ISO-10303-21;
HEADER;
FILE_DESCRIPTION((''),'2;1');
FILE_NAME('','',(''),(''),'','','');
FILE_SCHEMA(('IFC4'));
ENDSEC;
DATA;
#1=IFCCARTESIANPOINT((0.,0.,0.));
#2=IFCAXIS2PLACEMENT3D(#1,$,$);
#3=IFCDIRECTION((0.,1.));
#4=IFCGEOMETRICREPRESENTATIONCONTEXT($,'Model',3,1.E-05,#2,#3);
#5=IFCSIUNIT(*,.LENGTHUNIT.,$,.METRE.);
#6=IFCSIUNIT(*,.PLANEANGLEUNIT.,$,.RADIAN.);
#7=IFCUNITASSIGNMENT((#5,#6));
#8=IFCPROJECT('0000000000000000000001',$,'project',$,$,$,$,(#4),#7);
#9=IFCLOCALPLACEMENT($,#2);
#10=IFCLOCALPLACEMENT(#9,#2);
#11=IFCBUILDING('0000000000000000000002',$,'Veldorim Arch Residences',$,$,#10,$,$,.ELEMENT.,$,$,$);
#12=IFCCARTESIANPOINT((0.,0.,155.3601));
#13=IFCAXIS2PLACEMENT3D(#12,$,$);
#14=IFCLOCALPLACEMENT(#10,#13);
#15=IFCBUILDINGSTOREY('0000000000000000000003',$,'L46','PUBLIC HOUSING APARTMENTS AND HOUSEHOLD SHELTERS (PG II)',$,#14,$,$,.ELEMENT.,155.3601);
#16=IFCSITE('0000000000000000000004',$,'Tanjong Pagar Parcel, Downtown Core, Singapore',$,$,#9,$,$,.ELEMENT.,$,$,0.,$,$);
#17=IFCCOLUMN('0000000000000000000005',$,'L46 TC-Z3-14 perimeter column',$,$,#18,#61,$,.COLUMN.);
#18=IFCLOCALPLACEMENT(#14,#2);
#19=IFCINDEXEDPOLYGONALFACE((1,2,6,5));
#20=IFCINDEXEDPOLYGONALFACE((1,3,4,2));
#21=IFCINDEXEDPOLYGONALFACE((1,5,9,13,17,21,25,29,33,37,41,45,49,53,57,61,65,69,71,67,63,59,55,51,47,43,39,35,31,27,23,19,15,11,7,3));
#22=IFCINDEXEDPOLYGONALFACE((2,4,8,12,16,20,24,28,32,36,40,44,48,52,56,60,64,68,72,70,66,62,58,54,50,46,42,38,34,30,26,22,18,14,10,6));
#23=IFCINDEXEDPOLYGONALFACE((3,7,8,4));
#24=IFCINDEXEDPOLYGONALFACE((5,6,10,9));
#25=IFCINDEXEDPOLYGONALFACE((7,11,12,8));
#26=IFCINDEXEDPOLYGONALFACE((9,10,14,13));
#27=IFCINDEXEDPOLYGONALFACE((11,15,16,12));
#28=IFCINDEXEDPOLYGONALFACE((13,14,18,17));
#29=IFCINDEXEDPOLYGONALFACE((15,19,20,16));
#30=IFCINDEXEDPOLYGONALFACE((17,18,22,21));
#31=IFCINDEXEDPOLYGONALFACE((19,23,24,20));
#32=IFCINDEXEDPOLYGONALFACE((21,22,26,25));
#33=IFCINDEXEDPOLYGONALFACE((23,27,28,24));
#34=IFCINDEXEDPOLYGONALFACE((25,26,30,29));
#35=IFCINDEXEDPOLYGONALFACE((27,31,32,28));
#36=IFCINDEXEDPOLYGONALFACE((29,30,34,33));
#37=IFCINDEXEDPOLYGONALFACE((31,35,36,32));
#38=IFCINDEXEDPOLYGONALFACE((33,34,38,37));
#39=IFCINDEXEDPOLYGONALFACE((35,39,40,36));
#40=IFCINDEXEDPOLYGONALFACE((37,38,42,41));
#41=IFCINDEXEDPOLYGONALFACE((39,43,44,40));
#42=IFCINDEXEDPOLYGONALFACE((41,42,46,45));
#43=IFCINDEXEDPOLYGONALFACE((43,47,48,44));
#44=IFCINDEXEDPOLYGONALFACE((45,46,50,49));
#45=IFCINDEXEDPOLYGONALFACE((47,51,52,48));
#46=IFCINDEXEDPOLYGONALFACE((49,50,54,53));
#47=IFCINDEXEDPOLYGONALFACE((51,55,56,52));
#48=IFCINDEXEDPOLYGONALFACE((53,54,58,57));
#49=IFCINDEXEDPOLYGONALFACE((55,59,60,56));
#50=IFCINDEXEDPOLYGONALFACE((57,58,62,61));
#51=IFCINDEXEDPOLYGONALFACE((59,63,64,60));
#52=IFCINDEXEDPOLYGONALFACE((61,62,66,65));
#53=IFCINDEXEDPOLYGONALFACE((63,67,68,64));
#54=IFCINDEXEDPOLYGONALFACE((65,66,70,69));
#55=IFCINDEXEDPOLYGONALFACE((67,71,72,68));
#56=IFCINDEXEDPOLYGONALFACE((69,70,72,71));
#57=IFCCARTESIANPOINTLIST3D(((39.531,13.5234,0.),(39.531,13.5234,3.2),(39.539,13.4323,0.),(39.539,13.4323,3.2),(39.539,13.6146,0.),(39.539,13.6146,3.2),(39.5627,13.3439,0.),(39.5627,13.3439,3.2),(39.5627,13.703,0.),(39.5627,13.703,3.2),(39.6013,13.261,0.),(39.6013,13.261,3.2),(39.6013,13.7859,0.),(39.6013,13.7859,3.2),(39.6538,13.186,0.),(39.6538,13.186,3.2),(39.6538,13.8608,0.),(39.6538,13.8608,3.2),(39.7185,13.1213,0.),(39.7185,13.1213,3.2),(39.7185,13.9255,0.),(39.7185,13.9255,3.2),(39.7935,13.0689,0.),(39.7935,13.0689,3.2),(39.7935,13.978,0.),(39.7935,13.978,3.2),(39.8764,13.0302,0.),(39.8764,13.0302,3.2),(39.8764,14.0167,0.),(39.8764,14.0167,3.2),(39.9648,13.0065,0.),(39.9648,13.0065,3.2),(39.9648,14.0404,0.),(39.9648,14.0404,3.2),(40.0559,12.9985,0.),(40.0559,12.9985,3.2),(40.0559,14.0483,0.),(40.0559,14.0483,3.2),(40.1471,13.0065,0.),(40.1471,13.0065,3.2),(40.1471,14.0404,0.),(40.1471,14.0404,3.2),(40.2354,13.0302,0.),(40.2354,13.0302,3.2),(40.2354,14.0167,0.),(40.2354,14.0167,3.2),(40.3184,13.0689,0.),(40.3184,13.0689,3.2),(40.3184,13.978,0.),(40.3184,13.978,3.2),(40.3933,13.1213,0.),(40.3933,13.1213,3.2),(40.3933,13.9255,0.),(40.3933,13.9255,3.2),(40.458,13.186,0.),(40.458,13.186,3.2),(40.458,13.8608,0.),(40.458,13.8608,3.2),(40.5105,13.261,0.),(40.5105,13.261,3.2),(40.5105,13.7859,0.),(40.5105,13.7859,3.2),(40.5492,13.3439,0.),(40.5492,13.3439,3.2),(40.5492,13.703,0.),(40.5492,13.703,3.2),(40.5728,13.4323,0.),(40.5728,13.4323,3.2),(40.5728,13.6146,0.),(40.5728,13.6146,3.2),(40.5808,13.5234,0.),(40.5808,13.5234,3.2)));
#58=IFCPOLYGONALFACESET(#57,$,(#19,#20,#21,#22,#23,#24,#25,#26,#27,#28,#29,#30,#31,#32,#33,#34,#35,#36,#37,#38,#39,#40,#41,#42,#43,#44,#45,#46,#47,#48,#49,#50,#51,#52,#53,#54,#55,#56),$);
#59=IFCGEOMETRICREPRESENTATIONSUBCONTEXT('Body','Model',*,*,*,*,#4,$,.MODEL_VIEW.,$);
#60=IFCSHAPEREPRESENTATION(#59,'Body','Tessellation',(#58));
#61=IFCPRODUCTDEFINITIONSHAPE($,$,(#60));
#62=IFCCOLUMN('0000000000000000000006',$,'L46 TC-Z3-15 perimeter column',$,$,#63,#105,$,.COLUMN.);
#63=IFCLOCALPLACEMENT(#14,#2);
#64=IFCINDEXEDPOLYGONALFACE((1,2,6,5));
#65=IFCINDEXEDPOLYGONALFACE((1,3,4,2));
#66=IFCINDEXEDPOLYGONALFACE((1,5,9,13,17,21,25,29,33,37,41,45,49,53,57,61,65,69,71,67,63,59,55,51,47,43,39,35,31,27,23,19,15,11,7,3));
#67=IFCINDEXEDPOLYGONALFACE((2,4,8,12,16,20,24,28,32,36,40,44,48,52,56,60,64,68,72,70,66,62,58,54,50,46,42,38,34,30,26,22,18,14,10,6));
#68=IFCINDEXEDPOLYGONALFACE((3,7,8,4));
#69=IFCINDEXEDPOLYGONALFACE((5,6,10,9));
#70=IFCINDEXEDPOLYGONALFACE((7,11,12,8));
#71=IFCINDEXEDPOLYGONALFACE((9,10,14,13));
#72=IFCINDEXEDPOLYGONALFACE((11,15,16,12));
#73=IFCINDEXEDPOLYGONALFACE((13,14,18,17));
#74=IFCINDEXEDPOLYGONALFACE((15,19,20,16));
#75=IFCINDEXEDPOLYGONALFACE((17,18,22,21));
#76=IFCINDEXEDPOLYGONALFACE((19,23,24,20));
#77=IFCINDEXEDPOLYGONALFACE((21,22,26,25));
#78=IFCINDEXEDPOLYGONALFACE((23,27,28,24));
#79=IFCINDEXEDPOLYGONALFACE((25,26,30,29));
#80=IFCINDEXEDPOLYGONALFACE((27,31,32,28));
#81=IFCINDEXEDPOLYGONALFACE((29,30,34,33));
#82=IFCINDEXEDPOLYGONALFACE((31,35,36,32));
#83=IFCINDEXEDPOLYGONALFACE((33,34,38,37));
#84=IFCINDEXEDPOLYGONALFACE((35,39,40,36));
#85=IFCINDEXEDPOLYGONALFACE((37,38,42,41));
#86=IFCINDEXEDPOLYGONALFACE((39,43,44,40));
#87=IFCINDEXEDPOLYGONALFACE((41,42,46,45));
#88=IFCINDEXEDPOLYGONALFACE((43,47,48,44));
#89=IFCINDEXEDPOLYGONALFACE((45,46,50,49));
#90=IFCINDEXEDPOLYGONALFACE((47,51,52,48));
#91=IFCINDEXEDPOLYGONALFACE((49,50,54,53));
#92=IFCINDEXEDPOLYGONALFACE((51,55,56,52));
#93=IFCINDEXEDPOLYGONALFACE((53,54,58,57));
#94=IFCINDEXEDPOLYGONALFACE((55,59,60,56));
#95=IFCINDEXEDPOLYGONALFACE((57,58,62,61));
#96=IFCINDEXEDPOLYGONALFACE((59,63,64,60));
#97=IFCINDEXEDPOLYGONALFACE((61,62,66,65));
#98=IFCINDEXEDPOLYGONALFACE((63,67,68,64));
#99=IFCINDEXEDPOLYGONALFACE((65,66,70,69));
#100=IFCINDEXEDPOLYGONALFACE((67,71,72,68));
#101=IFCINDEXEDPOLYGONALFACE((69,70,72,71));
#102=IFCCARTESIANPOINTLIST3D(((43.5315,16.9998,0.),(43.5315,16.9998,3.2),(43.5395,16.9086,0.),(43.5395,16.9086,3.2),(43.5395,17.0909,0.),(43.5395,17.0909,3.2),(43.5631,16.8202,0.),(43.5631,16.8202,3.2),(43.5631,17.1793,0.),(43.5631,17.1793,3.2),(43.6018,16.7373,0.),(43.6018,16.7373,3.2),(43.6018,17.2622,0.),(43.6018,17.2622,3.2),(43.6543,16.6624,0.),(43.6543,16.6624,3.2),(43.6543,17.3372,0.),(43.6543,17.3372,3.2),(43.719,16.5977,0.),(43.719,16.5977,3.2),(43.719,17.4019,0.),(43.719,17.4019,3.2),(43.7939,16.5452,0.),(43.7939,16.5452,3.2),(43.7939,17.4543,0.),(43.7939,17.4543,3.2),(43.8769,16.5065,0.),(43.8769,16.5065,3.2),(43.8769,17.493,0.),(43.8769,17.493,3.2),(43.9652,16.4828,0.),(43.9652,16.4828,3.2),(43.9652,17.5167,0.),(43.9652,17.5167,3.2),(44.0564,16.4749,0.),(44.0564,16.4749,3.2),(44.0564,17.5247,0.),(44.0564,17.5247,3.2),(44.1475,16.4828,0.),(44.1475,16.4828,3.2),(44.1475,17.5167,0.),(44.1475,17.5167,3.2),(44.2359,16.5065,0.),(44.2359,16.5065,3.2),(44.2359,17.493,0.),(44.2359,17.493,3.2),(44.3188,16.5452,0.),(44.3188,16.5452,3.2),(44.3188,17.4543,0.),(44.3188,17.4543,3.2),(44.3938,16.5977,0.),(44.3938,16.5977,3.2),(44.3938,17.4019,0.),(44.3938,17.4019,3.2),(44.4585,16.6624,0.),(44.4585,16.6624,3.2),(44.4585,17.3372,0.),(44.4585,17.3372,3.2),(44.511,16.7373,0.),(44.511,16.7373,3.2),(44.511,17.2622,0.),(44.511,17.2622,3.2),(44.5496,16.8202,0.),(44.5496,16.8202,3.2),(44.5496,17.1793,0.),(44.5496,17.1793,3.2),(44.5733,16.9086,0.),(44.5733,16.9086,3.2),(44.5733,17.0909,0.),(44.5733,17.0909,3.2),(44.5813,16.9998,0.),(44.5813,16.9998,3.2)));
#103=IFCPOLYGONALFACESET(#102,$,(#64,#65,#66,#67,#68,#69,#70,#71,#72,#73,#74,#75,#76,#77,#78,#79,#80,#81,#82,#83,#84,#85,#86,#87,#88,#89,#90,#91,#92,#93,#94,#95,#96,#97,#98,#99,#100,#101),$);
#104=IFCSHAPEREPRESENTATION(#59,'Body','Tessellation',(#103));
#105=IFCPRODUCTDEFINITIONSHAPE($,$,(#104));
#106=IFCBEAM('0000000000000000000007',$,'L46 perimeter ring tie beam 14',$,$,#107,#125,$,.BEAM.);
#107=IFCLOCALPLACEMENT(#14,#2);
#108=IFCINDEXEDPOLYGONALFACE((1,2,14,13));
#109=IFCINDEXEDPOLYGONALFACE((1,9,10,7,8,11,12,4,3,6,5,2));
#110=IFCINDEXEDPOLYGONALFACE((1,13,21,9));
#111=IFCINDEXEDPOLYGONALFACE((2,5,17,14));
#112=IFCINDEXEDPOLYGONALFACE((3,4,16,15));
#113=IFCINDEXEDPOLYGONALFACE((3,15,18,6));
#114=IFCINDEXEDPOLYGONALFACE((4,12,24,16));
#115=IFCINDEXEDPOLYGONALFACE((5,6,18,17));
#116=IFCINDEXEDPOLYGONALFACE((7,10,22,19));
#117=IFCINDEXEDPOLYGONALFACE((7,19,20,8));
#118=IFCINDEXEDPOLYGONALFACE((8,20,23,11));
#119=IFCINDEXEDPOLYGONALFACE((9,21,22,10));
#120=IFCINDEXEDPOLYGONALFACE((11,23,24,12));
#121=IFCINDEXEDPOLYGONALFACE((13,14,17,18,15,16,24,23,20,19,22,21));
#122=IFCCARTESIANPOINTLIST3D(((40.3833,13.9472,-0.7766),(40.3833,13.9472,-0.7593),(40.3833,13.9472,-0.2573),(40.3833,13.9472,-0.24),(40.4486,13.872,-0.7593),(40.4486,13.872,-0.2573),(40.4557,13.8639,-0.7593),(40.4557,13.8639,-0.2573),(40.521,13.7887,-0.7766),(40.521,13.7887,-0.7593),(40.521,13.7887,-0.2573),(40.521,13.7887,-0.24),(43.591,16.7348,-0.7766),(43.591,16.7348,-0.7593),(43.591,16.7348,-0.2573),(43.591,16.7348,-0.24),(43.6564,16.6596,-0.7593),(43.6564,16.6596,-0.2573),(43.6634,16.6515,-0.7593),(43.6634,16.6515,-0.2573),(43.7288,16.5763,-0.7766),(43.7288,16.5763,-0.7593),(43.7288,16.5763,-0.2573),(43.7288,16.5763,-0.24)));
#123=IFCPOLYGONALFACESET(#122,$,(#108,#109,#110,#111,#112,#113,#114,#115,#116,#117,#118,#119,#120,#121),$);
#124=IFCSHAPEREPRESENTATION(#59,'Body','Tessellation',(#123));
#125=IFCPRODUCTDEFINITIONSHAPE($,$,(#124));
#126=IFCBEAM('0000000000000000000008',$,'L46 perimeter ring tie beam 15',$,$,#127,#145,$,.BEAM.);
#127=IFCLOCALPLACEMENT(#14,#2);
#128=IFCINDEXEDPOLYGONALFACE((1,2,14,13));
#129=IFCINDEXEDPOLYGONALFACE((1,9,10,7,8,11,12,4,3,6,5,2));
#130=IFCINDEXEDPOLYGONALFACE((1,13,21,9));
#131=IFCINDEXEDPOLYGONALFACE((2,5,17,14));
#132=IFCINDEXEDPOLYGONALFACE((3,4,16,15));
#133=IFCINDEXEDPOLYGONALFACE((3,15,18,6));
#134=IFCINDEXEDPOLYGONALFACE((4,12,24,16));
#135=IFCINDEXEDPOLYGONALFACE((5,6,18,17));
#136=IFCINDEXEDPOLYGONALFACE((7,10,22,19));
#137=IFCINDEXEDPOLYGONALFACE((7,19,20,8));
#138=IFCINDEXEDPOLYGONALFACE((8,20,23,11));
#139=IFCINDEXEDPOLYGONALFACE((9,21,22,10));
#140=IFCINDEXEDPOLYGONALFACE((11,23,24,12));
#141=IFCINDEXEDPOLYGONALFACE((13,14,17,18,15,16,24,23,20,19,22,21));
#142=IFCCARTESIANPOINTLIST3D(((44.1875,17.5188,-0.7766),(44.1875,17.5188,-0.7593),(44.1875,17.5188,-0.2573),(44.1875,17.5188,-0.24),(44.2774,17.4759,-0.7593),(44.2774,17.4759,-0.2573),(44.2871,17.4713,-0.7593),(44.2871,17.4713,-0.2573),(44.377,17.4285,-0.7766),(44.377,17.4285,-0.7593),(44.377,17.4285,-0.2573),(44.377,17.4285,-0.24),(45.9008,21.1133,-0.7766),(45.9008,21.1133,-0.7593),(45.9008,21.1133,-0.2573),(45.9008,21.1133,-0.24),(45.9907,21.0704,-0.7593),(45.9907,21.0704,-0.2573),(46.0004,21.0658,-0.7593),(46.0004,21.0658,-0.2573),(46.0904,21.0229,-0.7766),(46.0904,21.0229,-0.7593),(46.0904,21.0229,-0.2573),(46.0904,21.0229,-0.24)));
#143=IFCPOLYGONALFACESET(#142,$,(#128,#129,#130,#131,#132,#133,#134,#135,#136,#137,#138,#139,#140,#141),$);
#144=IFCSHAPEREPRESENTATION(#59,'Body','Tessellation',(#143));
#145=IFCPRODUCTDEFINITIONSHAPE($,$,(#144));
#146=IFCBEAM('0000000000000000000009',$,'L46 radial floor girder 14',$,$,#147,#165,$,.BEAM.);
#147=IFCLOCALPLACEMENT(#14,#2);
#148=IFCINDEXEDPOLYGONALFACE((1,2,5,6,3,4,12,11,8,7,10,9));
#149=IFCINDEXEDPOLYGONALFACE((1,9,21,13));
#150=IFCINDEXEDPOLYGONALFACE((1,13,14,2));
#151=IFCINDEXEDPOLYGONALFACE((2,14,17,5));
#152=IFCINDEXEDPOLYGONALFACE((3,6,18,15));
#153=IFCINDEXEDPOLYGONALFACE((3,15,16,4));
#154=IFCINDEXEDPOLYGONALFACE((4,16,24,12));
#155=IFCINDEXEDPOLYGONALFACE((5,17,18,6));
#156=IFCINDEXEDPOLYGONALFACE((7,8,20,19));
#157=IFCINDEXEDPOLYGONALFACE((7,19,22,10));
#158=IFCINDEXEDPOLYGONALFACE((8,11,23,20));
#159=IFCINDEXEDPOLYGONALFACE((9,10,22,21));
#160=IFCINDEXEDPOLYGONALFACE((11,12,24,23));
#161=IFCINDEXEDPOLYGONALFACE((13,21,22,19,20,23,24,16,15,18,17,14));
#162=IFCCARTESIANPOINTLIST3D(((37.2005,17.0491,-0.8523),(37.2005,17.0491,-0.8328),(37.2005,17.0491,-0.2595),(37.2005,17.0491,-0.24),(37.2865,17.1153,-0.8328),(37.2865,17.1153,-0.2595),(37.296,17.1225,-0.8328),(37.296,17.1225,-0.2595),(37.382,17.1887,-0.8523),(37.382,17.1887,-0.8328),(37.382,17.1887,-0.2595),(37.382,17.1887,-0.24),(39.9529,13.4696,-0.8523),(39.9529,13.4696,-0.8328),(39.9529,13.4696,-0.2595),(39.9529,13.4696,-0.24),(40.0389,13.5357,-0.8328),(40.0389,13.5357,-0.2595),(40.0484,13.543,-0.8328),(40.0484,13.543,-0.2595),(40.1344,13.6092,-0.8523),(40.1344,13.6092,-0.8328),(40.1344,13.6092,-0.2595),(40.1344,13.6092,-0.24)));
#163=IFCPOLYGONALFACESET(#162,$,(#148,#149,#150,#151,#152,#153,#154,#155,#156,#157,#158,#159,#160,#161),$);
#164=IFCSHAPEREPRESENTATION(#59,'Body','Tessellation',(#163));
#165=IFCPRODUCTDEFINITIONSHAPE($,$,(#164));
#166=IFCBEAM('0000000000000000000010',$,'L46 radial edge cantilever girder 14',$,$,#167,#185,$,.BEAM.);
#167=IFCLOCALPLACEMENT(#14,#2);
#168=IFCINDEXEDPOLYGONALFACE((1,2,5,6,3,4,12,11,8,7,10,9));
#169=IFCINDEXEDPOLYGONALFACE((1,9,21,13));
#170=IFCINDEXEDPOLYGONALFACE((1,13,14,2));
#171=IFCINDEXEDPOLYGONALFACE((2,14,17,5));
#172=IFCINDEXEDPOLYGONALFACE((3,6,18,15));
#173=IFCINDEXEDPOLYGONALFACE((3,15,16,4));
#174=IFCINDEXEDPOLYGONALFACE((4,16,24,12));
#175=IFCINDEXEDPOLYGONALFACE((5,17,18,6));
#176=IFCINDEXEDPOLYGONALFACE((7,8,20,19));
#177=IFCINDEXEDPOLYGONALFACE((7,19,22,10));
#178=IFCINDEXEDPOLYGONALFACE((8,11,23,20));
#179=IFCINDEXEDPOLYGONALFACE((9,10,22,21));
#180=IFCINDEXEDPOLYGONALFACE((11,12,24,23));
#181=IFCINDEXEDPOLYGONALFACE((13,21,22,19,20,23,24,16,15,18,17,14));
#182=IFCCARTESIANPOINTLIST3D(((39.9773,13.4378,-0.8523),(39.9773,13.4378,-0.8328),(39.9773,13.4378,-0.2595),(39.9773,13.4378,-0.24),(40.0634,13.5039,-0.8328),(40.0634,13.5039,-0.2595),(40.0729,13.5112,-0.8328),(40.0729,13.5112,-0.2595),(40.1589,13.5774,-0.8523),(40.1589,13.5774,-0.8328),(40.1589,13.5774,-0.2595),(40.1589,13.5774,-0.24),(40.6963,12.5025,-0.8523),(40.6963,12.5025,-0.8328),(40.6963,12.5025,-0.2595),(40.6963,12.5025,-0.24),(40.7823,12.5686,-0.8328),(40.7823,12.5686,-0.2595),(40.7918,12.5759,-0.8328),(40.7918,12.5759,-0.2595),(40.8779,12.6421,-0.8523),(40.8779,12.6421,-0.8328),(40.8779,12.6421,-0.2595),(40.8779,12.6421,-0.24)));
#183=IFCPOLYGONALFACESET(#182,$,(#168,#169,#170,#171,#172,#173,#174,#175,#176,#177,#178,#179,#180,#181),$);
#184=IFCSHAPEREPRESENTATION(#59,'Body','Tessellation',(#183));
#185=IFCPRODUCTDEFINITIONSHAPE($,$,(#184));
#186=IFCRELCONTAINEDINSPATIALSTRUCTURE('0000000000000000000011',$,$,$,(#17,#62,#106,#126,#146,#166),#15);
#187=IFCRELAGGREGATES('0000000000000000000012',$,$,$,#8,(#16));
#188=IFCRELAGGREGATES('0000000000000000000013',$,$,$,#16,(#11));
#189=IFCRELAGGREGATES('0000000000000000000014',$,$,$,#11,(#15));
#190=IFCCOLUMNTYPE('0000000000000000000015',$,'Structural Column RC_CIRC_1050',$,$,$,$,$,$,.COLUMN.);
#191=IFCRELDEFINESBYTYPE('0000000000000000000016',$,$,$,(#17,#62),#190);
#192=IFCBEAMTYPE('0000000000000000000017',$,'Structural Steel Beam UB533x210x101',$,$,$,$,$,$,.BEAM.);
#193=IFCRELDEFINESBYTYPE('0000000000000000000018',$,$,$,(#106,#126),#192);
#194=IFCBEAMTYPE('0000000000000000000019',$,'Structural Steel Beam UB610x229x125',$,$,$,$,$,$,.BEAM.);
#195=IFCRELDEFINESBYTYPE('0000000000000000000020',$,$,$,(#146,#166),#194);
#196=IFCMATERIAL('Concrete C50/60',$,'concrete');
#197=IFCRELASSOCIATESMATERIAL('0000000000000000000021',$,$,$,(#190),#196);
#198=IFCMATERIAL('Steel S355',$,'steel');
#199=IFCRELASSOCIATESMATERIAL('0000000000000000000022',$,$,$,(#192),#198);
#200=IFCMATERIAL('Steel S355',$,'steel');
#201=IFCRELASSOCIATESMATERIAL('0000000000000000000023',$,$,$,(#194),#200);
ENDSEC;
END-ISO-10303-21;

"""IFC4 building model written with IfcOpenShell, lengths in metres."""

from ifc_helpers import new_model, si_unit, direction, frame, origin, origin_2d, place, context, subcontext, project, spatial, circle, i_section, extrude, material, material_profile, profile_set, type_object, element, save


model = new_model("IFC4")

# Units and contexts
model_context = context("Model", 3, precision=1e-05, world=origin(), true_north=direction((0.0, 1.0)))
body_context = subcontext(model_context, "Body", "Model", "MODEL_VIEW")
ifc_project = project(units=[si_unit("LENGTHUNIT", "METRE"), si_unit("PLANEANGLEUNIT", "RADIAN")], contexts=[model_context])

# Site, building, storey
site_placement = place(None, origin())
site = spatial("IfcSite", under=ifc_project, at=site_placement, Name="Tanjong Pagar Parcel, Downtown Core, Singapore", CompositionType="ELEMENT", RefElevation=0.0)
building_placement = place(site_placement, origin())
building = spatial("IfcBuilding", under=site, at=building_placement, Name="Veldorim Arch Residences", CompositionType="ELEMENT")
storey_placement = place(building_placement, frame((0.0, 0.0, 155.3601)))
storey = spatial("IfcBuildingStorey", under=building, at=storey_placement, Name="L46", Description="PUBLIC HOUSING APARTMENTS AND HOUSEHOLD SHELTERS (PG II)", CompositionType="ELEMENT", Elevation=155.3601)

# Columns
ifc_material_1 = material(Name="Concrete C50/60", Category="concrete")
ifc_material_profile_1 = material_profile(ifc_material_1, circle(Radius=0.5249, at=origin_2d()), Name="RC_CIRC_1050")
ifc_profile_set_1 = profile_set([ifc_material_profile_1], Name="Concrete C50/60")
column_type = type_object("IfcColumnType", Name="Structural Column RC_CIRC_1050", PredefinedType="COLUMN", material=ifc_profile_set_1)
for number, where, z_axis, x_axis, name in (
    (1, (40.0559, 13.5234, 0.0), (0.0, 0.0, 1.0), (1.0, 0.0, 0.0), "L46 TC-Z3-14 perimeter column"),
    (2, (44.0564, 16.9998, 0.0), (0.0, 0.0, 1.0), (1.0, 0.0, 0.0), "L46 TC-Z3-15 perimeter column"),
):
    element("IfcColumn", number, at=place(storey_placement, frame(where, z_axis=z_axis, x_axis=x_axis)), inside=storey, type_object=column_type, Name=name, PredefinedType="COLUMN", context=body_context, shape_type="SweptSolid", body=[
        extrude(circle(Radius=0.5249, at=origin_2d()), origin(), (0.0, 0.0, 1.0), 3.2),
    ])

# Beams
ifc_material_2 = material(Name="Steel S355", Category="steel")
ifc_material_profile_2 = material_profile(ifc_material_2, i_section(OverallWidth=0.21, OverallDepth=0.5366, WebThickness=0.0107, FlangeThickness=0.0173, at=origin_2d()), Name="UB533x210x101")
ifc_profile_set_2 = profile_set([ifc_material_profile_2], Name="Steel S355")
beam_type_1 = type_object("IfcBeamType", Name="Structural Steel Beam UB533x210x101", PredefinedType="BEAM", material=ifc_profile_set_2)
beam_1_placement = place(storey_placement, frame((40.4521, 13.8679, -0.5083), z_axis=(0.754811, 0.655943, 0.0), x_axis=(-0.655943, 0.754811, 0.0)))
element("IfcBeam", 3, at=beam_1_placement, inside=storey, type_object=beam_type_1, Name="L46 perimeter ring tie beam 14", PredefinedType="BEAM", context=body_context, shape_type="SweptSolid", body=[
    extrude(i_section(OverallWidth=0.21, OverallDepth=0.5366, WebThickness=0.0107, FlangeThickness=0.0173, at=origin_2d()), origin(), (0.0, 0.0, 1.0), 4.2498),
])
beam_2_placement = place(storey_placement, frame((44.2822, 17.4736, -0.5083), z_axis=(0.430286, 0.902693, 0.0), x_axis=(-0.902693, 0.430286, 0.0)))
element("IfcBeam", 4, at=beam_2_placement, inside=storey, type_object=beam_type_1, Name="L46 perimeter ring tie beam 15", PredefinedType="BEAM", context=body_context, shape_type="SweptSolid", body=[
    extrude(i_section(OverallWidth=0.21, OverallDepth=0.5366, WebThickness=0.0107, FlangeThickness=0.0173, at=origin_2d()), origin(), (0.0, 0.0, 1.0), 3.9819),
])
ifc_material_3 = material(Name="Steel S355", Category="steel")
ifc_material_profile_3 = material_profile(ifc_material_3, i_section(OverallWidth=0.229, OverallDepth=0.6123, WebThickness=0.012, FlangeThickness=0.0195, at=origin_2d()), Name="UB610x229x125")
ifc_profile_set_3 = profile_set([ifc_material_profile_3], Name="Steel S355")
beam_type_2 = type_object("IfcBeamType", Name="Structural Steel Beam UB610x229x125", PredefinedType="BEAM", material=ifc_profile_set_3)
beam_3_placement = place(storey_placement, frame((37.2913, 17.1189, -0.5461), z_axis=(0.609559, -0.792741, 0.0), x_axis=(0.792741, 0.609559, 0.0)))
element("IfcBeam", 5, at=beam_3_placement, inside=storey, type_object=beam_type_2, Name="L46 radial floor girder 14", PredefinedType="BEAM", context=body_context, shape_type="SweptSolid", body=[
    extrude(i_section(OverallWidth=0.229, OverallDepth=0.6123, WebThickness=0.012, FlangeThickness=0.0195, at=origin_2d()), origin(), (0.0, 0.0, 1.0), 4.5154),
])
beam_4_placement = place(storey_placement, frame((40.0681, 13.5076, -0.5461), z_axis=(0.609461, -0.792816, 0.0), x_axis=(0.792816, 0.609461, 0.0)))
element("IfcBeam", 6, at=beam_4_placement, inside=storey, type_object=beam_type_2, Name="L46 radial edge cantilever girder 14", PredefinedType="BEAM", context=body_context, shape_type="SweptSolid", body=[
    extrude(i_section(OverallWidth=0.229, OverallDepth=0.6123, WebThickness=0.012, FlangeThickness=0.0195, at=origin_2d()), origin(), (0.0, 0.0, 1.0), 1.1797),
])

save(model, "model.ifc")
